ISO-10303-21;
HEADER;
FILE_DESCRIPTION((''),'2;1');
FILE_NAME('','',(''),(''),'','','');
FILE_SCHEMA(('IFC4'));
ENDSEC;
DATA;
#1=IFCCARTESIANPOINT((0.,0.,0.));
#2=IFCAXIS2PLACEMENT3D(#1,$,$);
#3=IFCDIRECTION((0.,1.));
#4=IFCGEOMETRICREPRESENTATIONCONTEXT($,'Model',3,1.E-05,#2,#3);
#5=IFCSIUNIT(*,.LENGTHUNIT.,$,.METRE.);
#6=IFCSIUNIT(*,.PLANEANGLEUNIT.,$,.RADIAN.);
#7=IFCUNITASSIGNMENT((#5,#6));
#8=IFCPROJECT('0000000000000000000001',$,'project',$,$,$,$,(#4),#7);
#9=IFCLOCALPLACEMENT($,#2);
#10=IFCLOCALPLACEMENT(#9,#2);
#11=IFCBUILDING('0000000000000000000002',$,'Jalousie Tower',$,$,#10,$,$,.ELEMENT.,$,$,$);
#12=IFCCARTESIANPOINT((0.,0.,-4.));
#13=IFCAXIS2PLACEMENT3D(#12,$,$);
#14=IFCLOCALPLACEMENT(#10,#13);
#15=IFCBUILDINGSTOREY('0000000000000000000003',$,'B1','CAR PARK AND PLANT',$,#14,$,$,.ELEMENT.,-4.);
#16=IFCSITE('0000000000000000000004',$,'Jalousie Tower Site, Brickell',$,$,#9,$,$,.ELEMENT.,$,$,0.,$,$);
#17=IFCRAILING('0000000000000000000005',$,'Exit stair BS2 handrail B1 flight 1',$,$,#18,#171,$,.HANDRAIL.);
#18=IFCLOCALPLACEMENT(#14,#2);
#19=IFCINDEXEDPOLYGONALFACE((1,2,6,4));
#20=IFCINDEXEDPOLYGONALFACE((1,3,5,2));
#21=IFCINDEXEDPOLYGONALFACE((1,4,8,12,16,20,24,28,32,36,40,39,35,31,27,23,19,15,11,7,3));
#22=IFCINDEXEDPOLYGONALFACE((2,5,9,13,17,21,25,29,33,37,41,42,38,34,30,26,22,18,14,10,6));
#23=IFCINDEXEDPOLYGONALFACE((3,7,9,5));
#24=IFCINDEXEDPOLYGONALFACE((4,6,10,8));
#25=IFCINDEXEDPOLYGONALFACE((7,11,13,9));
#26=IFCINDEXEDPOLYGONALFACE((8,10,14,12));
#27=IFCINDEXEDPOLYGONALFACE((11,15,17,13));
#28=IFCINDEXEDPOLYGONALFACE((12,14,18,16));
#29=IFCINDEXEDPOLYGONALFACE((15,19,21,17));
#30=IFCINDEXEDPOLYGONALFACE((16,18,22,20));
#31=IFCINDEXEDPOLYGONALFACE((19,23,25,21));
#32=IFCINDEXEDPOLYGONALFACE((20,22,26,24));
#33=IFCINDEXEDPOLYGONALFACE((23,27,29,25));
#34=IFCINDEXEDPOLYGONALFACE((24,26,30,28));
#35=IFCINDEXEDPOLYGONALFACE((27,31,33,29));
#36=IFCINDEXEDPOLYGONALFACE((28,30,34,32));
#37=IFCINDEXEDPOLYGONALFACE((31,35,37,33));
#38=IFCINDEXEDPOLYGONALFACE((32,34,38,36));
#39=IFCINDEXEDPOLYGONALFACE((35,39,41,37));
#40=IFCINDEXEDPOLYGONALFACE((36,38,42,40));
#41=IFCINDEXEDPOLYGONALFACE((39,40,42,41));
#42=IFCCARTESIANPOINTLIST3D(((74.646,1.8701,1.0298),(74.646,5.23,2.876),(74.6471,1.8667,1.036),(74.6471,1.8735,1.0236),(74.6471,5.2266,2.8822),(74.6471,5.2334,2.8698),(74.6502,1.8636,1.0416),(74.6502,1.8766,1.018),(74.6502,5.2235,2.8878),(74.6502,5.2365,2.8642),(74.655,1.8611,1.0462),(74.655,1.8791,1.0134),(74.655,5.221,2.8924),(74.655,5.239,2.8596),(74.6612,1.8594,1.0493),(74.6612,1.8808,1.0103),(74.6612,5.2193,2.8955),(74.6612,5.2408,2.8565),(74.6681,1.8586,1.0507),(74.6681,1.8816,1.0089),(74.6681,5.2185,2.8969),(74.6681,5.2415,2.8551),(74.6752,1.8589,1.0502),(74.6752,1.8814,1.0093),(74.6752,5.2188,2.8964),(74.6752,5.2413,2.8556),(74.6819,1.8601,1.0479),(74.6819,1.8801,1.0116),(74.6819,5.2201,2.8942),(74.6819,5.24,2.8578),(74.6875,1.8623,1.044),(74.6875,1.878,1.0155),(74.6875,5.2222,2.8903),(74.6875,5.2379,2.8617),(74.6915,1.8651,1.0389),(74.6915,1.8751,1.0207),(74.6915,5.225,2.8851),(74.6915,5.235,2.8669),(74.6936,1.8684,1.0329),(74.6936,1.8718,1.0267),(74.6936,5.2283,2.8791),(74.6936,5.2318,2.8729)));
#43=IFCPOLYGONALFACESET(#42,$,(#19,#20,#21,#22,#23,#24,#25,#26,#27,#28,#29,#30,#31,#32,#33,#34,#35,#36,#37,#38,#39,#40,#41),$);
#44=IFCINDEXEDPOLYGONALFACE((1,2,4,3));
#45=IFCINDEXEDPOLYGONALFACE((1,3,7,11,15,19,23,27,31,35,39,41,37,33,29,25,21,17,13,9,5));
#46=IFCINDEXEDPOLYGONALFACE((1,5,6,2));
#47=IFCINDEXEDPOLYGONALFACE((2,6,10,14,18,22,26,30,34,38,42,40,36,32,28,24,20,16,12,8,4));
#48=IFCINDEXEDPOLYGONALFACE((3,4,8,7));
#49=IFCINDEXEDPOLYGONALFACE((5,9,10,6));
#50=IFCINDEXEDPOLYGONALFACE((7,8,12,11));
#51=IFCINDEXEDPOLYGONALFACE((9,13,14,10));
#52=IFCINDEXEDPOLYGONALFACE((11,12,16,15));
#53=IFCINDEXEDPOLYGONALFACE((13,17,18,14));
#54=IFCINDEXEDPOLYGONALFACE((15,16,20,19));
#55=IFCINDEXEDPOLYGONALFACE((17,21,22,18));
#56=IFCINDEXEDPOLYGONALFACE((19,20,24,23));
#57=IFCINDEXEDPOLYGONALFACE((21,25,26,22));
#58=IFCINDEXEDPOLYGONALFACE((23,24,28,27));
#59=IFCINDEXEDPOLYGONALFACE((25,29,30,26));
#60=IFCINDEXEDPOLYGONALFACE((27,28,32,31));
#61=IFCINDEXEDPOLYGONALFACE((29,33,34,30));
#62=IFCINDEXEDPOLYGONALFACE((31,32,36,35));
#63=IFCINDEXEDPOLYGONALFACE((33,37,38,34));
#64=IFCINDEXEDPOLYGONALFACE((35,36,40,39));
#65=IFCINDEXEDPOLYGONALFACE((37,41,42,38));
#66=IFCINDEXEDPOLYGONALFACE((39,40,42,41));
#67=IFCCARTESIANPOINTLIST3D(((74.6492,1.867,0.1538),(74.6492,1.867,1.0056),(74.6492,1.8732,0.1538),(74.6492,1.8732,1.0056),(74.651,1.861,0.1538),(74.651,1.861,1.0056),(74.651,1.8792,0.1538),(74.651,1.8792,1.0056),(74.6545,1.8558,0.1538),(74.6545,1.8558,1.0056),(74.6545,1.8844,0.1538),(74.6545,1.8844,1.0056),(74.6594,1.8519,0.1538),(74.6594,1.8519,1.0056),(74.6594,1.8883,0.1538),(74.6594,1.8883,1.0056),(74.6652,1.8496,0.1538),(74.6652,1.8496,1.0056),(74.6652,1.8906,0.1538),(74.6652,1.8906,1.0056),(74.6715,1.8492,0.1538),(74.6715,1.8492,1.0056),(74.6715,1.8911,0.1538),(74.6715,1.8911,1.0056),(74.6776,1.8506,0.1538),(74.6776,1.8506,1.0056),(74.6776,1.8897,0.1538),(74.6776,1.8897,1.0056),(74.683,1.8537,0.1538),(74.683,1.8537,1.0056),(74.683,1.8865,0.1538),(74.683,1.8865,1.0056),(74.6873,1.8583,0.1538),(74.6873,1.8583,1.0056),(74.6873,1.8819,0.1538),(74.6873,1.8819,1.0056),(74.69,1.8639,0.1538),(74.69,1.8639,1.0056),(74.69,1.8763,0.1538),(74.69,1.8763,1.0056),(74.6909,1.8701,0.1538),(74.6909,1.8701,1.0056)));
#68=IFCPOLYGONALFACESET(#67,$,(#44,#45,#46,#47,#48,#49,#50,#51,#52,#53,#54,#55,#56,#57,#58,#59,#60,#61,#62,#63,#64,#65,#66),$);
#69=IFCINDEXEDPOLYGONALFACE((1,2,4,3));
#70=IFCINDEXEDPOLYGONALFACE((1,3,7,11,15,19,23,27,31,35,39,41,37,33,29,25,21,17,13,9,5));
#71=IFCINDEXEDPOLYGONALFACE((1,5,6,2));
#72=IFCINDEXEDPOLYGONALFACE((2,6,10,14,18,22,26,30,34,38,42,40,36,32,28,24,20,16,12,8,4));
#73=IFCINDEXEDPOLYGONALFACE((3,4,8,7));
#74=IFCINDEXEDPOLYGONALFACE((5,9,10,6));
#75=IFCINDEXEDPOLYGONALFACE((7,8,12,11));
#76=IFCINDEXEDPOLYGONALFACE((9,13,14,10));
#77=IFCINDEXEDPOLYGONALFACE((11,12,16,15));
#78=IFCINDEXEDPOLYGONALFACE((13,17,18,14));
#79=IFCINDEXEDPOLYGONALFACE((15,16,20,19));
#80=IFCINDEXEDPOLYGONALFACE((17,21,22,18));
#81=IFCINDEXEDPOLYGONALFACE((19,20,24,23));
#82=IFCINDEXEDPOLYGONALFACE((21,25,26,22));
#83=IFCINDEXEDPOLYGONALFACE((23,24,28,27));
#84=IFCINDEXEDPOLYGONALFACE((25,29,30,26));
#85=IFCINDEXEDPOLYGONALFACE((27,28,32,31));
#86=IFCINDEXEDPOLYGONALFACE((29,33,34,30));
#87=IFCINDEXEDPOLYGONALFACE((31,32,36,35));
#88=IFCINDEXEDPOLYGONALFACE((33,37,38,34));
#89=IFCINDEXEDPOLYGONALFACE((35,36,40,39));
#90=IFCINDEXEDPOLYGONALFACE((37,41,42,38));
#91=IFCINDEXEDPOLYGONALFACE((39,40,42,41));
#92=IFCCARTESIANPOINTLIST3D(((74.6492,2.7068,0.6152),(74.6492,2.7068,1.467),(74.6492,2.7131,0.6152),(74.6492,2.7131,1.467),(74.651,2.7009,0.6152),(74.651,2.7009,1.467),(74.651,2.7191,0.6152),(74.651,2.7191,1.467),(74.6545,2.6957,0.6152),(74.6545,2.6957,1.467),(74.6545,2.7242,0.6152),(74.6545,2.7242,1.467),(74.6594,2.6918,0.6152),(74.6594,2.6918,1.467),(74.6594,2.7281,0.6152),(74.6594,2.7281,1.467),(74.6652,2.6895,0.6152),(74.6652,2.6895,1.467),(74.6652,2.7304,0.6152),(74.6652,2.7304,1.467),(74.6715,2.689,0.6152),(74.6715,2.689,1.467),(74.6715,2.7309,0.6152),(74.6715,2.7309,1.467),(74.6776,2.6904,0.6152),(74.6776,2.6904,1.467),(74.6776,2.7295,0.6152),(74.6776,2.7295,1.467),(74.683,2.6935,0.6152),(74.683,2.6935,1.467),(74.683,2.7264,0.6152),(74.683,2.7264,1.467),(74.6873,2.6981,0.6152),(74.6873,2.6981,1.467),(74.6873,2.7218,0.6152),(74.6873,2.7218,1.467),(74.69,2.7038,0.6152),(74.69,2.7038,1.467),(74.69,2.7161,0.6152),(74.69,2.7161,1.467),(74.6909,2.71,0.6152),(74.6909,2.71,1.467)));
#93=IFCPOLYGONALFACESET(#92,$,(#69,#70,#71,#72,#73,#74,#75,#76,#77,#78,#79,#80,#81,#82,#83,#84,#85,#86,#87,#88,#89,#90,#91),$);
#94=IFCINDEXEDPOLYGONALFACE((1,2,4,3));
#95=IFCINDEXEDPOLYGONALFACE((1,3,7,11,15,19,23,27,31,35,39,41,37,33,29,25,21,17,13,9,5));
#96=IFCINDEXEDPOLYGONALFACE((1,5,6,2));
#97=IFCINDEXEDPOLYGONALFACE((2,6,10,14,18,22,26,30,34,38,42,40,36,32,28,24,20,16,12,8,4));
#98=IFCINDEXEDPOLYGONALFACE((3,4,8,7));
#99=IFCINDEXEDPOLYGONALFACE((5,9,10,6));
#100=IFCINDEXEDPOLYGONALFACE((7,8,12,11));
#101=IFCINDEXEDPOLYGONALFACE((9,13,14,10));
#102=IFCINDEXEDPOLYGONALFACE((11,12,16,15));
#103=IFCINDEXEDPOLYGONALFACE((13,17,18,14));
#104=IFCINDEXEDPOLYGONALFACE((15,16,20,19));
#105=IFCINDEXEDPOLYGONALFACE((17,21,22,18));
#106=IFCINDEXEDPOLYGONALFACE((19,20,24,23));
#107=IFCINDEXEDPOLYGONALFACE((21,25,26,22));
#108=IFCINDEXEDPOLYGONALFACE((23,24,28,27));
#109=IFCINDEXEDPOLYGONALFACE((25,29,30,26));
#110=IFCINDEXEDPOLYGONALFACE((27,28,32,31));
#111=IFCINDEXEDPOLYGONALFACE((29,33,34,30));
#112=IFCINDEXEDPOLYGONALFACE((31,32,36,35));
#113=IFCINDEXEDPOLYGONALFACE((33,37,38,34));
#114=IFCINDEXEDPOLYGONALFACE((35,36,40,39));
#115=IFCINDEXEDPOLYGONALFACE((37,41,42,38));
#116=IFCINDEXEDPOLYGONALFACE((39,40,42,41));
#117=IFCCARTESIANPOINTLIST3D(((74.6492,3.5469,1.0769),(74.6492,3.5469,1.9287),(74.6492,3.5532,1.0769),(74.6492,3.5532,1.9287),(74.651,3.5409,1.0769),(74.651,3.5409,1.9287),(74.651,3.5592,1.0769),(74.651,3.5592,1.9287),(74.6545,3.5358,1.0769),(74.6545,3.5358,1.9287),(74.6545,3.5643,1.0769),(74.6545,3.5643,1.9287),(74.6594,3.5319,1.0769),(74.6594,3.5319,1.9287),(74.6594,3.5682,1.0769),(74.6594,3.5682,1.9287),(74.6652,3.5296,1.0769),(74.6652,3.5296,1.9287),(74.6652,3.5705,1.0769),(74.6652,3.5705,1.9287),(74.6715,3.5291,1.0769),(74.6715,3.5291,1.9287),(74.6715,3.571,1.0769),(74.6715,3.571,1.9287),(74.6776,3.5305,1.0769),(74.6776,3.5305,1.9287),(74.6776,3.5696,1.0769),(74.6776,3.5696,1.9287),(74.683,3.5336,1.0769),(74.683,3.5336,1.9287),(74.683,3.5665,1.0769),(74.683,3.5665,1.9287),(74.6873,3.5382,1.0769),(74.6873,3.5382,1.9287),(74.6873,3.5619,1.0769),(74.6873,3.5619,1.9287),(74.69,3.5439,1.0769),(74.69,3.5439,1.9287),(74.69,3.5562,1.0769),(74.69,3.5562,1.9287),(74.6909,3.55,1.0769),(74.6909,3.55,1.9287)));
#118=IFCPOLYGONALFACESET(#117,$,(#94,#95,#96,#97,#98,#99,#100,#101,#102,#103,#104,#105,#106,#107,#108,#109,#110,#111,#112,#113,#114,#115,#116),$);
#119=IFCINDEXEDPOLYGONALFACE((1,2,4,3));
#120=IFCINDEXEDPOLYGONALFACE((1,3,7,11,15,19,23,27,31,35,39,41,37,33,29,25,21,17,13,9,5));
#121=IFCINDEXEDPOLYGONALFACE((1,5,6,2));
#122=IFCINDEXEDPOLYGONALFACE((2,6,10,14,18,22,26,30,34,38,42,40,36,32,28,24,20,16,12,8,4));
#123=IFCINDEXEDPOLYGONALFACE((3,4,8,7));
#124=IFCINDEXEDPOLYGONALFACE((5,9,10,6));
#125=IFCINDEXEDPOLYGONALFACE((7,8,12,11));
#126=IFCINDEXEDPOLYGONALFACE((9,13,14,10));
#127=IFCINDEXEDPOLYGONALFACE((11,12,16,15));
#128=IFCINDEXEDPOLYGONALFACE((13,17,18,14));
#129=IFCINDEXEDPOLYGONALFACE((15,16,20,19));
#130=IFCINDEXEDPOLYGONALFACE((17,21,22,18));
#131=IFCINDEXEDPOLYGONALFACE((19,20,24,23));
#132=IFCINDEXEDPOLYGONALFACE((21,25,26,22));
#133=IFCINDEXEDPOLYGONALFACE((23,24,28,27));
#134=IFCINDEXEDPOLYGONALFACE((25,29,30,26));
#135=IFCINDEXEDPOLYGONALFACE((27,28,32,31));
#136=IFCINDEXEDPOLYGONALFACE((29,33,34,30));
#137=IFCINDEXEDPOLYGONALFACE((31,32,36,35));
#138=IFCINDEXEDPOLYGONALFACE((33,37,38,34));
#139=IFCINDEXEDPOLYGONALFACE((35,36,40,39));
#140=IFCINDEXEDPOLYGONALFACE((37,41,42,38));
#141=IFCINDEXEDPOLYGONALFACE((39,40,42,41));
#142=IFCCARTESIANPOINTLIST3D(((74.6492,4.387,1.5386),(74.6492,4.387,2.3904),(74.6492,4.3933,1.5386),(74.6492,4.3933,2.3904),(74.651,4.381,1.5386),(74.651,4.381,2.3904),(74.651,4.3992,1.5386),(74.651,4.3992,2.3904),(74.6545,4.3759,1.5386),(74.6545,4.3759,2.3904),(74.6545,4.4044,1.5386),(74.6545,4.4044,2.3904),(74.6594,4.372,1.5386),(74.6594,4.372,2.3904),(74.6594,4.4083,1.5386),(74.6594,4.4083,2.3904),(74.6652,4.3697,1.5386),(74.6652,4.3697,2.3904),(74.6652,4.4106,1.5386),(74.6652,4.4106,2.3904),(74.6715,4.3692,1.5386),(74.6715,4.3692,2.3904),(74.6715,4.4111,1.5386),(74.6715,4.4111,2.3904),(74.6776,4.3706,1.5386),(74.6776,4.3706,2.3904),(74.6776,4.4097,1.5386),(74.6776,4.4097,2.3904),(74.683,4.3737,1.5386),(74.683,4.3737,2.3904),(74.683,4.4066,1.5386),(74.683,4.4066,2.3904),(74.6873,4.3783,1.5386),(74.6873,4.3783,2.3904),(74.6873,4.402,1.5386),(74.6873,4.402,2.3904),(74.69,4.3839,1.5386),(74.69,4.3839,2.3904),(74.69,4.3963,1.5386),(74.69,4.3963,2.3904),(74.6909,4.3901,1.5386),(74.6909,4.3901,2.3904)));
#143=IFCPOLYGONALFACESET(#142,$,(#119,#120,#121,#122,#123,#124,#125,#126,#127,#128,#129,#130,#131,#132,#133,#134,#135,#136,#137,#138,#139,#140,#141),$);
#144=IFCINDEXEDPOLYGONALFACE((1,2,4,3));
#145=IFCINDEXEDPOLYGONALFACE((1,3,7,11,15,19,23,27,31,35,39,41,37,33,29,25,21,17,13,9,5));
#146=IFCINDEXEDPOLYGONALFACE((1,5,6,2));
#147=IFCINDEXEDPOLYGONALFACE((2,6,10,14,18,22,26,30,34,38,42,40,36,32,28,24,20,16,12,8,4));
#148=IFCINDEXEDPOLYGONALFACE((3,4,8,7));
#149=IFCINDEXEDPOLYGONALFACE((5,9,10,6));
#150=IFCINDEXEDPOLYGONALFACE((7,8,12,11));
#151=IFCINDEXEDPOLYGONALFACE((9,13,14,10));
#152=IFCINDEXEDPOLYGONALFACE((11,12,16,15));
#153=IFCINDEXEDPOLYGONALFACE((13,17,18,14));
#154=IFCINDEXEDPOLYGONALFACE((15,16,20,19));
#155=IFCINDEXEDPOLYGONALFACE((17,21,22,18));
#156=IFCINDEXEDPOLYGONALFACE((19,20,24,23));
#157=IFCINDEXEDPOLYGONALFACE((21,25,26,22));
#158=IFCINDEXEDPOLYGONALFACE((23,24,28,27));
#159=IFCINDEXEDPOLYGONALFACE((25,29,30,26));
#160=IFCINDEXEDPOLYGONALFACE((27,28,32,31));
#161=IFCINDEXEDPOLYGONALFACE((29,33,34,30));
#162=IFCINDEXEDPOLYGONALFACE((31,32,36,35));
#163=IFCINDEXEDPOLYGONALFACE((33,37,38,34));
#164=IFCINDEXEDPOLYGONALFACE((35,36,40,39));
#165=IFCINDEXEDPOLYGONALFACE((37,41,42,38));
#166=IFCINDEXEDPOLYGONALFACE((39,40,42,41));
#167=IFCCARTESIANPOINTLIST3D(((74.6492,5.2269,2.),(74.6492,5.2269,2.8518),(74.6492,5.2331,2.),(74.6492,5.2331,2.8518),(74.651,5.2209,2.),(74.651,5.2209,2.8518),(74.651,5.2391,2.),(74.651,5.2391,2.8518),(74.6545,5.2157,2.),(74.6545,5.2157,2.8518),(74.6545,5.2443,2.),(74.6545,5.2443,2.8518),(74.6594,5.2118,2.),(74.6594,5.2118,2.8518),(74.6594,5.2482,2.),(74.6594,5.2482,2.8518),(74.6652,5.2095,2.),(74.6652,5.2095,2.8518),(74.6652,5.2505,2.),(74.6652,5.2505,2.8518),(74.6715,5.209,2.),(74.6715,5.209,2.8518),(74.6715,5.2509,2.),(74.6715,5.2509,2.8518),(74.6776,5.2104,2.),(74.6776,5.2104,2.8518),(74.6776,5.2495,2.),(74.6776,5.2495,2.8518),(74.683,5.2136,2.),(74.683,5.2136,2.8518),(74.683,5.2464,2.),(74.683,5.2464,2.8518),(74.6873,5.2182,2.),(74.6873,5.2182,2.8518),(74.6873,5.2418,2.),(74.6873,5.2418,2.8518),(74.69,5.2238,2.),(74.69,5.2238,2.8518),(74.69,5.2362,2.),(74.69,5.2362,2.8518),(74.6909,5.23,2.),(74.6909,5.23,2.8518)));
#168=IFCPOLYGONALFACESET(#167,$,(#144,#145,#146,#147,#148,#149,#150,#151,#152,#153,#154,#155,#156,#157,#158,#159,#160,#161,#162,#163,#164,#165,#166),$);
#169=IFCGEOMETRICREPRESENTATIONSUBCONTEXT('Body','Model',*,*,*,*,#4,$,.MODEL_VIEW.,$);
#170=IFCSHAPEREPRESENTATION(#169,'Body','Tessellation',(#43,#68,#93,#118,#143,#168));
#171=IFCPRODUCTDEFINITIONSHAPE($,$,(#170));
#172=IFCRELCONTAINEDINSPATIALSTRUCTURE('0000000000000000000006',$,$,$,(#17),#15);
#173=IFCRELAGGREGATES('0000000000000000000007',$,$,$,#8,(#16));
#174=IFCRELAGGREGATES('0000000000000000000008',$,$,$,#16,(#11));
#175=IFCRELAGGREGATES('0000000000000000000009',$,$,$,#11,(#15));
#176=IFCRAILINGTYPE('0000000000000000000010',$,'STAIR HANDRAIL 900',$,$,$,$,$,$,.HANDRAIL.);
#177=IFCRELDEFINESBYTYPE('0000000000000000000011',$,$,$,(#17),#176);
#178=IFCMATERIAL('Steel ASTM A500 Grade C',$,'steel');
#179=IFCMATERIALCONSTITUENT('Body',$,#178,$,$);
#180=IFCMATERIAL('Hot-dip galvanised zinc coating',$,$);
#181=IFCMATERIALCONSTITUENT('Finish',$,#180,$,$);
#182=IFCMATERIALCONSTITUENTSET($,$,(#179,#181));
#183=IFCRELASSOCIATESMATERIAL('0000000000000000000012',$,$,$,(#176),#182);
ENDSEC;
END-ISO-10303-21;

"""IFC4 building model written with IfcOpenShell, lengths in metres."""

from ifc_helpers import new_model, si_unit, direction, frame, origin, origin_2d, place, context, subcontext, project, spatial, circle, extrude, material, constituent, constituent_set, type_object, element, save


model = new_model("IFC4")

# Units and contexts
model_context = context("Model", 3, precision=1e-05, world=origin(), true_north=direction((0.0, 1.0)))
body_context = subcontext(model_context, "Body", "Model", "MODEL_VIEW")
ifc_project = project(units=[si_unit("LENGTHUNIT", "METRE"), si_unit("PLANEANGLEUNIT", "RADIAN")], contexts=[model_context])

# Site, building, storey
site_placement = place(None, origin())
site = spatial("IfcSite", under=ifc_project, at=site_placement, Name="Jalousie Tower Site, Brickell", CompositionType="ELEMENT", RefElevation=0.0)
building_placement = place(site_placement, origin())
building = spatial("IfcBuilding", under=site, at=building_placement, Name="Jalousie Tower", CompositionType="ELEMENT")
storey_placement = place(building_placement, frame((0.0, 0.0, -4.0)))
storey = spatial("IfcBuildingStorey", under=building, at=storey_placement, Name="B1", Description="CAR PARK AND PLANT", CompositionType="ELEMENT", Elevation=-4.0)

# Railing
ifc_material_1 = material(Name="Steel ASTM A500 Grade C", Category="steel")
ifc_constituent_1 = constituent(ifc_material_1, Name="Body")
ifc_material_2 = material(Name="Hot-dip galvanised zinc coating")
ifc_constituent_2 = constituent(ifc_material_2, Name="Finish")
ifc_constituent_set_1 = constituent_set(constituents=[ifc_constituent_1, ifc_constituent_2])
railing_type_1 = type_object("IfcRailingType", Name="STAIR HANDRAIL 900", PredefinedType="HANDRAIL", material=ifc_constituent_set_1)
railing_1_placement = place(storey_placement, frame((74.6699, 1.8701, 0.1538)))
element("IfcRailing", 1, at=railing_1_placement, inside=storey, type_object=railing_type_1, Name="Exit stair BS2 handrail B1 flight 1", PredefinedType="HANDRAIL", context=body_context, shape_type="SweptSolid", body=[
    extrude(circle(Radius=0.0239, at=origin_2d()), frame((0.0, 0.0, 0.876), z_axis=(0.0, 0.876407, 0.481572), x_axis=(-1.0, 0.0, 0.0)), (0.0, 0.0, 1.0), 3.8337),
    extrude(circle(Radius=0.021, at=origin_2d()), origin(), (0.0, 0.0, 1.0), 0.8518),
    extrude(circle(Radius=0.021, at=origin_2d()), frame((0.0, 0.8398, 0.4614)), (0.0, 0.0, 1.0), 0.8518),
    extrude(circle(Radius=0.021, at=origin_2d()), frame((0.0, 1.6799, 0.9231)), (0.0, 0.0, 1.0), 0.8518),
    extrude(circle(Radius=0.021, at=origin_2d()), frame((0.0, 2.52, 1.3848)), (0.0, 0.0, 1.0), 0.8518),
    extrude(circle(Radius=0.021, at=origin_2d()), frame((0.0, 3.3599, 1.8462)), (0.0, 0.0, 1.0), 0.8518),
])

save(model, "model.ifc")
